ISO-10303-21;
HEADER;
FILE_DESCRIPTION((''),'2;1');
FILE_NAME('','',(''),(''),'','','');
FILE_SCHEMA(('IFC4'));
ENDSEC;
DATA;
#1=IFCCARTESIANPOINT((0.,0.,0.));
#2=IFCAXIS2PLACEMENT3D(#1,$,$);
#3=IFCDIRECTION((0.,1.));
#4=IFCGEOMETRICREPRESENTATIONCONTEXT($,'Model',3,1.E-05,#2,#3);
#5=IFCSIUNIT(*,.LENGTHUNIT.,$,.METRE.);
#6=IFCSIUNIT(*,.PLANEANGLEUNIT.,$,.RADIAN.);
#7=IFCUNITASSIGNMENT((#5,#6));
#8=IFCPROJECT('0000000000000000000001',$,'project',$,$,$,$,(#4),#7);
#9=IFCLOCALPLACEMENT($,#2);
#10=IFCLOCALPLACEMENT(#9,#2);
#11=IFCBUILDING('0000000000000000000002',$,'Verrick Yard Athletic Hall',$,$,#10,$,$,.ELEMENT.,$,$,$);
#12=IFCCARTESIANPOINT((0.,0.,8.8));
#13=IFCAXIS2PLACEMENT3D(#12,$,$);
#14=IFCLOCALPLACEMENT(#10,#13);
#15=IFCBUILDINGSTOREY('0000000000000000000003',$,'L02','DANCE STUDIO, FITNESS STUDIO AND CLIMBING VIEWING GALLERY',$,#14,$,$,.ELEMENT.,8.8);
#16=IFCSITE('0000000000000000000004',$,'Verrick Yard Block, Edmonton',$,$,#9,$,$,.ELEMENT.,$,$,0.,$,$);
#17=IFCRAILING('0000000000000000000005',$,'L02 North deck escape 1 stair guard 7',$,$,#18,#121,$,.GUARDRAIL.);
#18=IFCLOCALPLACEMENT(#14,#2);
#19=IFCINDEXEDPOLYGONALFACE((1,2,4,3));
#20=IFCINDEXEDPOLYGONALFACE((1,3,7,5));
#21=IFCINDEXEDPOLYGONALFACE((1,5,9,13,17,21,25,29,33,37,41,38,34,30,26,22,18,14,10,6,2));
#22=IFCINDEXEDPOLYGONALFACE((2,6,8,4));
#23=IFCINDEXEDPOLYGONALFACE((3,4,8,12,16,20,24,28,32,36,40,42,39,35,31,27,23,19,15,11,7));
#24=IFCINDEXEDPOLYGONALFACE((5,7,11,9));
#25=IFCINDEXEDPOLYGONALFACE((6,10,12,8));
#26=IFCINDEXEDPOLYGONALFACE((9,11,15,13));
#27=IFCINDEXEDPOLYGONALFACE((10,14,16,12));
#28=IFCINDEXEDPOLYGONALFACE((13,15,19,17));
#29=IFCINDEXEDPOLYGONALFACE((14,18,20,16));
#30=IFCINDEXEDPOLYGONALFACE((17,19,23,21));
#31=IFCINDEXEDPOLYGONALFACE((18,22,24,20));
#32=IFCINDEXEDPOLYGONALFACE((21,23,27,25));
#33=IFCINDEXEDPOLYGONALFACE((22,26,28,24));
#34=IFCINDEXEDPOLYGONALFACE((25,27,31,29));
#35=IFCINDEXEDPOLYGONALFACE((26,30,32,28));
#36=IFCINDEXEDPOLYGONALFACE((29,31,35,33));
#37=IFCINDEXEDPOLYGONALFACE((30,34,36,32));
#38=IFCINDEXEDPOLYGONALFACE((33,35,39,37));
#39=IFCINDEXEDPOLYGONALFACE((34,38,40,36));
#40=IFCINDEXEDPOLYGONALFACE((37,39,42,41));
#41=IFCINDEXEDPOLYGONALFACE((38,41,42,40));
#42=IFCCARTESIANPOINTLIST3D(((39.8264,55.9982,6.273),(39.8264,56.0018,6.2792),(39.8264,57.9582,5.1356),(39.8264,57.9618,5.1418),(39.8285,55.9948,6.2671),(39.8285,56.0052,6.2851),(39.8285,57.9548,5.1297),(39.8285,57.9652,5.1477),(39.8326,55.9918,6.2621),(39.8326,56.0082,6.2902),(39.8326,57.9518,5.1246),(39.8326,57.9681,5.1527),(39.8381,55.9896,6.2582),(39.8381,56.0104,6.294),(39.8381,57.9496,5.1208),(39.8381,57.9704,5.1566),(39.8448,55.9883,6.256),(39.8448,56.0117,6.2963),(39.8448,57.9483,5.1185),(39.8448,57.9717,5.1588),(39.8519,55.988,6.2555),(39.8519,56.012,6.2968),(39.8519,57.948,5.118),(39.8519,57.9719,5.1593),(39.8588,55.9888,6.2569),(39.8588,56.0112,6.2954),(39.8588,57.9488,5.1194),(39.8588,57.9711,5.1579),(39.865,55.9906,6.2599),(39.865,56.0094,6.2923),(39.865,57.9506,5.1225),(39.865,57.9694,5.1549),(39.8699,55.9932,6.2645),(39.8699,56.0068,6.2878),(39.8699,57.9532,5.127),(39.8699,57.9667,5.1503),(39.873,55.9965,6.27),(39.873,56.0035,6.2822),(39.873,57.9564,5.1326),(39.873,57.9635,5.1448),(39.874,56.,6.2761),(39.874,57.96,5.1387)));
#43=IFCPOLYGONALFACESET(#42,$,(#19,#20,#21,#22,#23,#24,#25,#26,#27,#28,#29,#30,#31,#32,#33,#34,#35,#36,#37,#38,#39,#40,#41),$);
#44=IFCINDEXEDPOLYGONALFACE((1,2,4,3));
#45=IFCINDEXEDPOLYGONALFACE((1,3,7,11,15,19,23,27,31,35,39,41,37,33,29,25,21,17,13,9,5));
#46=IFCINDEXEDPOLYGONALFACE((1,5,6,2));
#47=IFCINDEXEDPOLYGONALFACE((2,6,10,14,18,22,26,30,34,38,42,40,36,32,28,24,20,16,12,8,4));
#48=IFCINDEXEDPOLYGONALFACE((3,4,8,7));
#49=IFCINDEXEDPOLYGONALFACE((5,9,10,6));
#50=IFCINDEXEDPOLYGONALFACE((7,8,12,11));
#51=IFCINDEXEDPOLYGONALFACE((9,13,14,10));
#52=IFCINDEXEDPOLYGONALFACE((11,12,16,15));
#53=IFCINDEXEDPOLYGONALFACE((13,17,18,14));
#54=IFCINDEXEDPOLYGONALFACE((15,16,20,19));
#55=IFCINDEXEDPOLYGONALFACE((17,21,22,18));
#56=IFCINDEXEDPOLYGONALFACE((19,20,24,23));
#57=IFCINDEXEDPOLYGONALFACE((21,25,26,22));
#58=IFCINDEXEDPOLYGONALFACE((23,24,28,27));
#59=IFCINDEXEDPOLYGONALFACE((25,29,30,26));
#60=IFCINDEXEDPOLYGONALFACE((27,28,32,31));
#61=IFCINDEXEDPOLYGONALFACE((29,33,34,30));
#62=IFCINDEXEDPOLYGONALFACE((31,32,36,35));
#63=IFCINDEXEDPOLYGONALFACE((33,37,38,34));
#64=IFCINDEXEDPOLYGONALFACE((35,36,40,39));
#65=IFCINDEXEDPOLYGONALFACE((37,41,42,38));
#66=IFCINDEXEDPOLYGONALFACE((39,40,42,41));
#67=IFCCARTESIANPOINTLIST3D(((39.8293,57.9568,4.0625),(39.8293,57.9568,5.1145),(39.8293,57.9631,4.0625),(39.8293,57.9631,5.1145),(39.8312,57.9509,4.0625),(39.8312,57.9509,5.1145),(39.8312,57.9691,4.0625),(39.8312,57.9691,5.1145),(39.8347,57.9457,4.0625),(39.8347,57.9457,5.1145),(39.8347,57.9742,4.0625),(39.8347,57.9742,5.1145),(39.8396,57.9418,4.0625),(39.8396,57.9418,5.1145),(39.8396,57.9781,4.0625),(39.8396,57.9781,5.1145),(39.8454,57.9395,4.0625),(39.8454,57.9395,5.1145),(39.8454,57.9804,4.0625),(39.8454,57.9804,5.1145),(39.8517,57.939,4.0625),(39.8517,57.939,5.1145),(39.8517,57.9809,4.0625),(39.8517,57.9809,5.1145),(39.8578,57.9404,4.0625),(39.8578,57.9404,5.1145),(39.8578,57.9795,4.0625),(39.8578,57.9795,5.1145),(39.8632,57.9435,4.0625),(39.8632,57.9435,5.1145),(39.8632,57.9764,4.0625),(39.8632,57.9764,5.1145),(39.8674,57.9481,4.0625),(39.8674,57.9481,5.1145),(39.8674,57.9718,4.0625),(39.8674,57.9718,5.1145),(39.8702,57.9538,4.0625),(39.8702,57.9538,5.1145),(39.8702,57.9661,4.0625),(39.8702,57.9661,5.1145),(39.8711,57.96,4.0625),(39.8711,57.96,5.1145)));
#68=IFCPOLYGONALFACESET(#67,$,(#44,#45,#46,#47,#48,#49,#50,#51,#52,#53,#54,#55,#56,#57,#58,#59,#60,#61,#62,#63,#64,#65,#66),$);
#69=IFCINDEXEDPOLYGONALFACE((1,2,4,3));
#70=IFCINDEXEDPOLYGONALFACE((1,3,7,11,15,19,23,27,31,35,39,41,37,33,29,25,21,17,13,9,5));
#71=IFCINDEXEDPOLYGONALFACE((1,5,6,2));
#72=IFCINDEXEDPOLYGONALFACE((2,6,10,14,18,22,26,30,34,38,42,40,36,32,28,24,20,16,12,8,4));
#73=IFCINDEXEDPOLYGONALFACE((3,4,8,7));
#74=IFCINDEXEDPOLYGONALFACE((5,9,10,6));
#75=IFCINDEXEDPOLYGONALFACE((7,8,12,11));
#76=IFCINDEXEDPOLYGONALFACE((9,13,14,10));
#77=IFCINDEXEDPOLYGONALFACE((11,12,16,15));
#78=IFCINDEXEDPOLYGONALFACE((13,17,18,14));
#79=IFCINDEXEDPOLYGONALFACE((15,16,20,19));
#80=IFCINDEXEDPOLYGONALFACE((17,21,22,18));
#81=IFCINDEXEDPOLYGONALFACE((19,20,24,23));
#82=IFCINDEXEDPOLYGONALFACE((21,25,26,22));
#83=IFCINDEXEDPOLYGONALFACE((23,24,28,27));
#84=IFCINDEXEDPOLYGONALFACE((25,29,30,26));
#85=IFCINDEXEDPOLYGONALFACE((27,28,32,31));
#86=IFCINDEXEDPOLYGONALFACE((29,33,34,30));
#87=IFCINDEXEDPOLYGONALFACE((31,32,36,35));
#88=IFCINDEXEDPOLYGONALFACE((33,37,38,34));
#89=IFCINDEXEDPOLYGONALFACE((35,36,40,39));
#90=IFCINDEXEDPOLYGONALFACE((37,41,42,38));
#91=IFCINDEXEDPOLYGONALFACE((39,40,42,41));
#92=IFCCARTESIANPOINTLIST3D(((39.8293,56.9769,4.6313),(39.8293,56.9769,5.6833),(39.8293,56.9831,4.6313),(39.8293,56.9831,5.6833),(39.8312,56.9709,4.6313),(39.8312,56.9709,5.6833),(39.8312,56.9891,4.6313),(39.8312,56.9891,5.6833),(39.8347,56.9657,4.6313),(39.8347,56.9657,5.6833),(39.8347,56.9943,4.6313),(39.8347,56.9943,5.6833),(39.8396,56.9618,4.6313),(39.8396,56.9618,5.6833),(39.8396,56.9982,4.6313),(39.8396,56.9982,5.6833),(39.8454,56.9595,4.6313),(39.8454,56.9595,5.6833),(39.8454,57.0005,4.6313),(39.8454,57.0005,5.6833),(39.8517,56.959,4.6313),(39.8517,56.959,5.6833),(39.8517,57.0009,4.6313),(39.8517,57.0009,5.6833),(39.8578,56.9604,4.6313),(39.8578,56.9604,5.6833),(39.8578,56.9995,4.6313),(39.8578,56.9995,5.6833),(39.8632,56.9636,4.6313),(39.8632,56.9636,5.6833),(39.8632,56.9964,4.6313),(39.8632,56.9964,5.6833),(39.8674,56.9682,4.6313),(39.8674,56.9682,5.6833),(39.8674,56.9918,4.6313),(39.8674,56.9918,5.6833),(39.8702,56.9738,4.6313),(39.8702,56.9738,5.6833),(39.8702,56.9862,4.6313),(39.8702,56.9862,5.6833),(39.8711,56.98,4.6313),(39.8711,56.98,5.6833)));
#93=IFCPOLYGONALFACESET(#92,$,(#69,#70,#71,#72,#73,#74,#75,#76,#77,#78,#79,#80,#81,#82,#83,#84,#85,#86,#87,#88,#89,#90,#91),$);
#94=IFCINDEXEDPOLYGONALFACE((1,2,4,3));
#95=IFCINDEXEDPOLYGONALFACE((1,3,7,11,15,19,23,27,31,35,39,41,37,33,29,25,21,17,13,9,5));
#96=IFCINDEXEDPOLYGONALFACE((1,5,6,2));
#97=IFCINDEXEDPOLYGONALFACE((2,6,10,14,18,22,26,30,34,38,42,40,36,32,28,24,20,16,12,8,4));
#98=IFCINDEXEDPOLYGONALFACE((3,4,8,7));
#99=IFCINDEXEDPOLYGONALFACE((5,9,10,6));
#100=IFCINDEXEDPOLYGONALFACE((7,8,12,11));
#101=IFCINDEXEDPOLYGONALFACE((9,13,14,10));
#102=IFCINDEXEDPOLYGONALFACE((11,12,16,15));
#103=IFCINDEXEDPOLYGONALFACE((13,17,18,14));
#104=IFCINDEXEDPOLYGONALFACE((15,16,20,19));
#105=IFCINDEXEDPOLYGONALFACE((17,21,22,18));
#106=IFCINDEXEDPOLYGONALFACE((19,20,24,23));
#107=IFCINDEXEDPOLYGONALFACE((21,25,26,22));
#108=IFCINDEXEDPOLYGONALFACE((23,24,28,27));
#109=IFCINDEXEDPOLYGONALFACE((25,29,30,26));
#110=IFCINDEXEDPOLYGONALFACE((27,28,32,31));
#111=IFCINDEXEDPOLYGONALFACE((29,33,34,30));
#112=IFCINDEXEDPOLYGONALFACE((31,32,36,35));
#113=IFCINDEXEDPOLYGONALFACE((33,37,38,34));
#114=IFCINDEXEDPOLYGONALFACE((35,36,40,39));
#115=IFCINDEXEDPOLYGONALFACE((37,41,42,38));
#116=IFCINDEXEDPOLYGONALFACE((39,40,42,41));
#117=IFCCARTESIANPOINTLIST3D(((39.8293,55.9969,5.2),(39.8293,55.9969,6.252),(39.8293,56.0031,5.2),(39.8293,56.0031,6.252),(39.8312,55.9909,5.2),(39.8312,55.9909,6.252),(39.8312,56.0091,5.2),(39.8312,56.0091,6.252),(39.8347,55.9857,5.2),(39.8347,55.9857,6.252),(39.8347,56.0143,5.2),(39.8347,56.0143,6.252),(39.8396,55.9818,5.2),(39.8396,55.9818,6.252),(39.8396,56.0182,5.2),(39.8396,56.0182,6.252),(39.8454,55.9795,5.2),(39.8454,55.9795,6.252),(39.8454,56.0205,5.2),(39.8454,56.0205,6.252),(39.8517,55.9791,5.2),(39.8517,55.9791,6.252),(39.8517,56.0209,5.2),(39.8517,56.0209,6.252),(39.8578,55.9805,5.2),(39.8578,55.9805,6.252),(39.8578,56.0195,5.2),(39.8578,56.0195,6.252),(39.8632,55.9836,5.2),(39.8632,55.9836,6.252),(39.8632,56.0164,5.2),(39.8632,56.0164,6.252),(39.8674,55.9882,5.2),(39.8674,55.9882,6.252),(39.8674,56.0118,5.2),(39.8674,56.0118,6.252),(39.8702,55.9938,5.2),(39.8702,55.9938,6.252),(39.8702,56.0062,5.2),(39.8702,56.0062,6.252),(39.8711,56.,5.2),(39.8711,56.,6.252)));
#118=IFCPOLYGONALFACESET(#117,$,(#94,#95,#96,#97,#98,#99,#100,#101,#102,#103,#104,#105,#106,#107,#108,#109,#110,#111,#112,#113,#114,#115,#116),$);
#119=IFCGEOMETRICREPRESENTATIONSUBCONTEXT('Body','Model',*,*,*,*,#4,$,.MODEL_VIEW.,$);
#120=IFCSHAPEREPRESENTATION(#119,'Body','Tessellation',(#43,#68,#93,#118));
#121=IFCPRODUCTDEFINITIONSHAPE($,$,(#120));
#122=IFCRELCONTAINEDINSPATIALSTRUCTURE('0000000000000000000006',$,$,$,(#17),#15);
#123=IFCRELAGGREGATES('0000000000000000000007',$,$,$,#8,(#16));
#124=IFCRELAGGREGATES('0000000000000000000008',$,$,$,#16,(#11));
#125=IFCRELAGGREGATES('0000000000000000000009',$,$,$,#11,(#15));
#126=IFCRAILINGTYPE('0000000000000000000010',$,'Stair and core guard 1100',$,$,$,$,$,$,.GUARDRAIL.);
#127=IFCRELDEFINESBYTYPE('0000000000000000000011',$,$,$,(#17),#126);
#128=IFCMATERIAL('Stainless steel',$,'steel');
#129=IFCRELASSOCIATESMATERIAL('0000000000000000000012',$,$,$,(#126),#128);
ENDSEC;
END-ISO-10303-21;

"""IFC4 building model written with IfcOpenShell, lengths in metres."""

from ifc_helpers import new_model, si_unit, direction, frame, origin, origin_2d, place, context, subcontext, project, spatial, circle, extrude, material, type_object, element, save


model = new_model("IFC4")

# Units and contexts
model_context = context("Model", 3, precision=1e-05, world=origin(), true_north=direction((0.0, 1.0)))
body_context = subcontext(model_context, "Body", "Model", "MODEL_VIEW")
ifc_project = project(units=[si_unit("LENGTHUNIT", "METRE"), si_unit("PLANEANGLEUNIT", "RADIAN")], contexts=[model_context])

# Site, building, storey
site_placement = place(None, origin())
site = spatial("IfcSite", under=ifc_project, at=site_placement, Name="Verrick Yard Block, Edmonton", CompositionType="ELEMENT", RefElevation=0.0)
building_placement = place(site_placement, origin())
building = spatial("IfcBuilding", under=site, at=building_placement, Name="Verrick Yard Athletic Hall", CompositionType="ELEMENT")
storey_placement = place(building_placement, frame((0.0, 0.0, 8.8)))
storey = spatial("IfcBuildingStorey", under=building, at=storey_placement, Name="L02", Description="DANCE STUDIO, FITNESS STUDIO AND CLIMBING VIEWING GALLERY", CompositionType="ELEMENT", Elevation=8.8)

# Railing
ifc_material_1 = material(Name="Stainless steel", Category="steel")
railing_type_1 = type_object("IfcRailingType", Name="Stair and core guard 1100", PredefinedType="GUARDRAIL", material=ifc_material_1)
railing_1_placement = place(storey_placement, frame((39.8501, 57.96, 4.0625)))
element("IfcRailing", 1, at=railing_1_placement, inside=storey, type_object=railing_type_1, Name="L02 North deck escape 1 stair guard 7", PredefinedType="GUARDRAIL", context=body_context, shape_type="SweptSolid", body=[
    extrude(circle(Radius=0.0239, at=origin_2d()), frame((0.0, 0.0, 1.0762), z_axis=(0.0, -0.864902, 0.501941), x_axis=(1.0, 0.0, 0.0)), (0.0, 0.0, 1.0), 2.2661),
    extrude(circle(Radius=0.021, at=origin_2d()), origin(), (0.0, 0.0, 1.0), 1.052),
    extrude(circle(Radius=0.021, at=origin_2d()), frame((0.0, -0.98, 0.5688)), (0.0, 0.0, 1.0), 1.052),
    extrude(circle(Radius=0.021, at=origin_2d()), frame((0.0, -1.96, 1.1375)), (0.0, 0.0, 1.0), 1.052),
])

save(model, "model.ifc")
